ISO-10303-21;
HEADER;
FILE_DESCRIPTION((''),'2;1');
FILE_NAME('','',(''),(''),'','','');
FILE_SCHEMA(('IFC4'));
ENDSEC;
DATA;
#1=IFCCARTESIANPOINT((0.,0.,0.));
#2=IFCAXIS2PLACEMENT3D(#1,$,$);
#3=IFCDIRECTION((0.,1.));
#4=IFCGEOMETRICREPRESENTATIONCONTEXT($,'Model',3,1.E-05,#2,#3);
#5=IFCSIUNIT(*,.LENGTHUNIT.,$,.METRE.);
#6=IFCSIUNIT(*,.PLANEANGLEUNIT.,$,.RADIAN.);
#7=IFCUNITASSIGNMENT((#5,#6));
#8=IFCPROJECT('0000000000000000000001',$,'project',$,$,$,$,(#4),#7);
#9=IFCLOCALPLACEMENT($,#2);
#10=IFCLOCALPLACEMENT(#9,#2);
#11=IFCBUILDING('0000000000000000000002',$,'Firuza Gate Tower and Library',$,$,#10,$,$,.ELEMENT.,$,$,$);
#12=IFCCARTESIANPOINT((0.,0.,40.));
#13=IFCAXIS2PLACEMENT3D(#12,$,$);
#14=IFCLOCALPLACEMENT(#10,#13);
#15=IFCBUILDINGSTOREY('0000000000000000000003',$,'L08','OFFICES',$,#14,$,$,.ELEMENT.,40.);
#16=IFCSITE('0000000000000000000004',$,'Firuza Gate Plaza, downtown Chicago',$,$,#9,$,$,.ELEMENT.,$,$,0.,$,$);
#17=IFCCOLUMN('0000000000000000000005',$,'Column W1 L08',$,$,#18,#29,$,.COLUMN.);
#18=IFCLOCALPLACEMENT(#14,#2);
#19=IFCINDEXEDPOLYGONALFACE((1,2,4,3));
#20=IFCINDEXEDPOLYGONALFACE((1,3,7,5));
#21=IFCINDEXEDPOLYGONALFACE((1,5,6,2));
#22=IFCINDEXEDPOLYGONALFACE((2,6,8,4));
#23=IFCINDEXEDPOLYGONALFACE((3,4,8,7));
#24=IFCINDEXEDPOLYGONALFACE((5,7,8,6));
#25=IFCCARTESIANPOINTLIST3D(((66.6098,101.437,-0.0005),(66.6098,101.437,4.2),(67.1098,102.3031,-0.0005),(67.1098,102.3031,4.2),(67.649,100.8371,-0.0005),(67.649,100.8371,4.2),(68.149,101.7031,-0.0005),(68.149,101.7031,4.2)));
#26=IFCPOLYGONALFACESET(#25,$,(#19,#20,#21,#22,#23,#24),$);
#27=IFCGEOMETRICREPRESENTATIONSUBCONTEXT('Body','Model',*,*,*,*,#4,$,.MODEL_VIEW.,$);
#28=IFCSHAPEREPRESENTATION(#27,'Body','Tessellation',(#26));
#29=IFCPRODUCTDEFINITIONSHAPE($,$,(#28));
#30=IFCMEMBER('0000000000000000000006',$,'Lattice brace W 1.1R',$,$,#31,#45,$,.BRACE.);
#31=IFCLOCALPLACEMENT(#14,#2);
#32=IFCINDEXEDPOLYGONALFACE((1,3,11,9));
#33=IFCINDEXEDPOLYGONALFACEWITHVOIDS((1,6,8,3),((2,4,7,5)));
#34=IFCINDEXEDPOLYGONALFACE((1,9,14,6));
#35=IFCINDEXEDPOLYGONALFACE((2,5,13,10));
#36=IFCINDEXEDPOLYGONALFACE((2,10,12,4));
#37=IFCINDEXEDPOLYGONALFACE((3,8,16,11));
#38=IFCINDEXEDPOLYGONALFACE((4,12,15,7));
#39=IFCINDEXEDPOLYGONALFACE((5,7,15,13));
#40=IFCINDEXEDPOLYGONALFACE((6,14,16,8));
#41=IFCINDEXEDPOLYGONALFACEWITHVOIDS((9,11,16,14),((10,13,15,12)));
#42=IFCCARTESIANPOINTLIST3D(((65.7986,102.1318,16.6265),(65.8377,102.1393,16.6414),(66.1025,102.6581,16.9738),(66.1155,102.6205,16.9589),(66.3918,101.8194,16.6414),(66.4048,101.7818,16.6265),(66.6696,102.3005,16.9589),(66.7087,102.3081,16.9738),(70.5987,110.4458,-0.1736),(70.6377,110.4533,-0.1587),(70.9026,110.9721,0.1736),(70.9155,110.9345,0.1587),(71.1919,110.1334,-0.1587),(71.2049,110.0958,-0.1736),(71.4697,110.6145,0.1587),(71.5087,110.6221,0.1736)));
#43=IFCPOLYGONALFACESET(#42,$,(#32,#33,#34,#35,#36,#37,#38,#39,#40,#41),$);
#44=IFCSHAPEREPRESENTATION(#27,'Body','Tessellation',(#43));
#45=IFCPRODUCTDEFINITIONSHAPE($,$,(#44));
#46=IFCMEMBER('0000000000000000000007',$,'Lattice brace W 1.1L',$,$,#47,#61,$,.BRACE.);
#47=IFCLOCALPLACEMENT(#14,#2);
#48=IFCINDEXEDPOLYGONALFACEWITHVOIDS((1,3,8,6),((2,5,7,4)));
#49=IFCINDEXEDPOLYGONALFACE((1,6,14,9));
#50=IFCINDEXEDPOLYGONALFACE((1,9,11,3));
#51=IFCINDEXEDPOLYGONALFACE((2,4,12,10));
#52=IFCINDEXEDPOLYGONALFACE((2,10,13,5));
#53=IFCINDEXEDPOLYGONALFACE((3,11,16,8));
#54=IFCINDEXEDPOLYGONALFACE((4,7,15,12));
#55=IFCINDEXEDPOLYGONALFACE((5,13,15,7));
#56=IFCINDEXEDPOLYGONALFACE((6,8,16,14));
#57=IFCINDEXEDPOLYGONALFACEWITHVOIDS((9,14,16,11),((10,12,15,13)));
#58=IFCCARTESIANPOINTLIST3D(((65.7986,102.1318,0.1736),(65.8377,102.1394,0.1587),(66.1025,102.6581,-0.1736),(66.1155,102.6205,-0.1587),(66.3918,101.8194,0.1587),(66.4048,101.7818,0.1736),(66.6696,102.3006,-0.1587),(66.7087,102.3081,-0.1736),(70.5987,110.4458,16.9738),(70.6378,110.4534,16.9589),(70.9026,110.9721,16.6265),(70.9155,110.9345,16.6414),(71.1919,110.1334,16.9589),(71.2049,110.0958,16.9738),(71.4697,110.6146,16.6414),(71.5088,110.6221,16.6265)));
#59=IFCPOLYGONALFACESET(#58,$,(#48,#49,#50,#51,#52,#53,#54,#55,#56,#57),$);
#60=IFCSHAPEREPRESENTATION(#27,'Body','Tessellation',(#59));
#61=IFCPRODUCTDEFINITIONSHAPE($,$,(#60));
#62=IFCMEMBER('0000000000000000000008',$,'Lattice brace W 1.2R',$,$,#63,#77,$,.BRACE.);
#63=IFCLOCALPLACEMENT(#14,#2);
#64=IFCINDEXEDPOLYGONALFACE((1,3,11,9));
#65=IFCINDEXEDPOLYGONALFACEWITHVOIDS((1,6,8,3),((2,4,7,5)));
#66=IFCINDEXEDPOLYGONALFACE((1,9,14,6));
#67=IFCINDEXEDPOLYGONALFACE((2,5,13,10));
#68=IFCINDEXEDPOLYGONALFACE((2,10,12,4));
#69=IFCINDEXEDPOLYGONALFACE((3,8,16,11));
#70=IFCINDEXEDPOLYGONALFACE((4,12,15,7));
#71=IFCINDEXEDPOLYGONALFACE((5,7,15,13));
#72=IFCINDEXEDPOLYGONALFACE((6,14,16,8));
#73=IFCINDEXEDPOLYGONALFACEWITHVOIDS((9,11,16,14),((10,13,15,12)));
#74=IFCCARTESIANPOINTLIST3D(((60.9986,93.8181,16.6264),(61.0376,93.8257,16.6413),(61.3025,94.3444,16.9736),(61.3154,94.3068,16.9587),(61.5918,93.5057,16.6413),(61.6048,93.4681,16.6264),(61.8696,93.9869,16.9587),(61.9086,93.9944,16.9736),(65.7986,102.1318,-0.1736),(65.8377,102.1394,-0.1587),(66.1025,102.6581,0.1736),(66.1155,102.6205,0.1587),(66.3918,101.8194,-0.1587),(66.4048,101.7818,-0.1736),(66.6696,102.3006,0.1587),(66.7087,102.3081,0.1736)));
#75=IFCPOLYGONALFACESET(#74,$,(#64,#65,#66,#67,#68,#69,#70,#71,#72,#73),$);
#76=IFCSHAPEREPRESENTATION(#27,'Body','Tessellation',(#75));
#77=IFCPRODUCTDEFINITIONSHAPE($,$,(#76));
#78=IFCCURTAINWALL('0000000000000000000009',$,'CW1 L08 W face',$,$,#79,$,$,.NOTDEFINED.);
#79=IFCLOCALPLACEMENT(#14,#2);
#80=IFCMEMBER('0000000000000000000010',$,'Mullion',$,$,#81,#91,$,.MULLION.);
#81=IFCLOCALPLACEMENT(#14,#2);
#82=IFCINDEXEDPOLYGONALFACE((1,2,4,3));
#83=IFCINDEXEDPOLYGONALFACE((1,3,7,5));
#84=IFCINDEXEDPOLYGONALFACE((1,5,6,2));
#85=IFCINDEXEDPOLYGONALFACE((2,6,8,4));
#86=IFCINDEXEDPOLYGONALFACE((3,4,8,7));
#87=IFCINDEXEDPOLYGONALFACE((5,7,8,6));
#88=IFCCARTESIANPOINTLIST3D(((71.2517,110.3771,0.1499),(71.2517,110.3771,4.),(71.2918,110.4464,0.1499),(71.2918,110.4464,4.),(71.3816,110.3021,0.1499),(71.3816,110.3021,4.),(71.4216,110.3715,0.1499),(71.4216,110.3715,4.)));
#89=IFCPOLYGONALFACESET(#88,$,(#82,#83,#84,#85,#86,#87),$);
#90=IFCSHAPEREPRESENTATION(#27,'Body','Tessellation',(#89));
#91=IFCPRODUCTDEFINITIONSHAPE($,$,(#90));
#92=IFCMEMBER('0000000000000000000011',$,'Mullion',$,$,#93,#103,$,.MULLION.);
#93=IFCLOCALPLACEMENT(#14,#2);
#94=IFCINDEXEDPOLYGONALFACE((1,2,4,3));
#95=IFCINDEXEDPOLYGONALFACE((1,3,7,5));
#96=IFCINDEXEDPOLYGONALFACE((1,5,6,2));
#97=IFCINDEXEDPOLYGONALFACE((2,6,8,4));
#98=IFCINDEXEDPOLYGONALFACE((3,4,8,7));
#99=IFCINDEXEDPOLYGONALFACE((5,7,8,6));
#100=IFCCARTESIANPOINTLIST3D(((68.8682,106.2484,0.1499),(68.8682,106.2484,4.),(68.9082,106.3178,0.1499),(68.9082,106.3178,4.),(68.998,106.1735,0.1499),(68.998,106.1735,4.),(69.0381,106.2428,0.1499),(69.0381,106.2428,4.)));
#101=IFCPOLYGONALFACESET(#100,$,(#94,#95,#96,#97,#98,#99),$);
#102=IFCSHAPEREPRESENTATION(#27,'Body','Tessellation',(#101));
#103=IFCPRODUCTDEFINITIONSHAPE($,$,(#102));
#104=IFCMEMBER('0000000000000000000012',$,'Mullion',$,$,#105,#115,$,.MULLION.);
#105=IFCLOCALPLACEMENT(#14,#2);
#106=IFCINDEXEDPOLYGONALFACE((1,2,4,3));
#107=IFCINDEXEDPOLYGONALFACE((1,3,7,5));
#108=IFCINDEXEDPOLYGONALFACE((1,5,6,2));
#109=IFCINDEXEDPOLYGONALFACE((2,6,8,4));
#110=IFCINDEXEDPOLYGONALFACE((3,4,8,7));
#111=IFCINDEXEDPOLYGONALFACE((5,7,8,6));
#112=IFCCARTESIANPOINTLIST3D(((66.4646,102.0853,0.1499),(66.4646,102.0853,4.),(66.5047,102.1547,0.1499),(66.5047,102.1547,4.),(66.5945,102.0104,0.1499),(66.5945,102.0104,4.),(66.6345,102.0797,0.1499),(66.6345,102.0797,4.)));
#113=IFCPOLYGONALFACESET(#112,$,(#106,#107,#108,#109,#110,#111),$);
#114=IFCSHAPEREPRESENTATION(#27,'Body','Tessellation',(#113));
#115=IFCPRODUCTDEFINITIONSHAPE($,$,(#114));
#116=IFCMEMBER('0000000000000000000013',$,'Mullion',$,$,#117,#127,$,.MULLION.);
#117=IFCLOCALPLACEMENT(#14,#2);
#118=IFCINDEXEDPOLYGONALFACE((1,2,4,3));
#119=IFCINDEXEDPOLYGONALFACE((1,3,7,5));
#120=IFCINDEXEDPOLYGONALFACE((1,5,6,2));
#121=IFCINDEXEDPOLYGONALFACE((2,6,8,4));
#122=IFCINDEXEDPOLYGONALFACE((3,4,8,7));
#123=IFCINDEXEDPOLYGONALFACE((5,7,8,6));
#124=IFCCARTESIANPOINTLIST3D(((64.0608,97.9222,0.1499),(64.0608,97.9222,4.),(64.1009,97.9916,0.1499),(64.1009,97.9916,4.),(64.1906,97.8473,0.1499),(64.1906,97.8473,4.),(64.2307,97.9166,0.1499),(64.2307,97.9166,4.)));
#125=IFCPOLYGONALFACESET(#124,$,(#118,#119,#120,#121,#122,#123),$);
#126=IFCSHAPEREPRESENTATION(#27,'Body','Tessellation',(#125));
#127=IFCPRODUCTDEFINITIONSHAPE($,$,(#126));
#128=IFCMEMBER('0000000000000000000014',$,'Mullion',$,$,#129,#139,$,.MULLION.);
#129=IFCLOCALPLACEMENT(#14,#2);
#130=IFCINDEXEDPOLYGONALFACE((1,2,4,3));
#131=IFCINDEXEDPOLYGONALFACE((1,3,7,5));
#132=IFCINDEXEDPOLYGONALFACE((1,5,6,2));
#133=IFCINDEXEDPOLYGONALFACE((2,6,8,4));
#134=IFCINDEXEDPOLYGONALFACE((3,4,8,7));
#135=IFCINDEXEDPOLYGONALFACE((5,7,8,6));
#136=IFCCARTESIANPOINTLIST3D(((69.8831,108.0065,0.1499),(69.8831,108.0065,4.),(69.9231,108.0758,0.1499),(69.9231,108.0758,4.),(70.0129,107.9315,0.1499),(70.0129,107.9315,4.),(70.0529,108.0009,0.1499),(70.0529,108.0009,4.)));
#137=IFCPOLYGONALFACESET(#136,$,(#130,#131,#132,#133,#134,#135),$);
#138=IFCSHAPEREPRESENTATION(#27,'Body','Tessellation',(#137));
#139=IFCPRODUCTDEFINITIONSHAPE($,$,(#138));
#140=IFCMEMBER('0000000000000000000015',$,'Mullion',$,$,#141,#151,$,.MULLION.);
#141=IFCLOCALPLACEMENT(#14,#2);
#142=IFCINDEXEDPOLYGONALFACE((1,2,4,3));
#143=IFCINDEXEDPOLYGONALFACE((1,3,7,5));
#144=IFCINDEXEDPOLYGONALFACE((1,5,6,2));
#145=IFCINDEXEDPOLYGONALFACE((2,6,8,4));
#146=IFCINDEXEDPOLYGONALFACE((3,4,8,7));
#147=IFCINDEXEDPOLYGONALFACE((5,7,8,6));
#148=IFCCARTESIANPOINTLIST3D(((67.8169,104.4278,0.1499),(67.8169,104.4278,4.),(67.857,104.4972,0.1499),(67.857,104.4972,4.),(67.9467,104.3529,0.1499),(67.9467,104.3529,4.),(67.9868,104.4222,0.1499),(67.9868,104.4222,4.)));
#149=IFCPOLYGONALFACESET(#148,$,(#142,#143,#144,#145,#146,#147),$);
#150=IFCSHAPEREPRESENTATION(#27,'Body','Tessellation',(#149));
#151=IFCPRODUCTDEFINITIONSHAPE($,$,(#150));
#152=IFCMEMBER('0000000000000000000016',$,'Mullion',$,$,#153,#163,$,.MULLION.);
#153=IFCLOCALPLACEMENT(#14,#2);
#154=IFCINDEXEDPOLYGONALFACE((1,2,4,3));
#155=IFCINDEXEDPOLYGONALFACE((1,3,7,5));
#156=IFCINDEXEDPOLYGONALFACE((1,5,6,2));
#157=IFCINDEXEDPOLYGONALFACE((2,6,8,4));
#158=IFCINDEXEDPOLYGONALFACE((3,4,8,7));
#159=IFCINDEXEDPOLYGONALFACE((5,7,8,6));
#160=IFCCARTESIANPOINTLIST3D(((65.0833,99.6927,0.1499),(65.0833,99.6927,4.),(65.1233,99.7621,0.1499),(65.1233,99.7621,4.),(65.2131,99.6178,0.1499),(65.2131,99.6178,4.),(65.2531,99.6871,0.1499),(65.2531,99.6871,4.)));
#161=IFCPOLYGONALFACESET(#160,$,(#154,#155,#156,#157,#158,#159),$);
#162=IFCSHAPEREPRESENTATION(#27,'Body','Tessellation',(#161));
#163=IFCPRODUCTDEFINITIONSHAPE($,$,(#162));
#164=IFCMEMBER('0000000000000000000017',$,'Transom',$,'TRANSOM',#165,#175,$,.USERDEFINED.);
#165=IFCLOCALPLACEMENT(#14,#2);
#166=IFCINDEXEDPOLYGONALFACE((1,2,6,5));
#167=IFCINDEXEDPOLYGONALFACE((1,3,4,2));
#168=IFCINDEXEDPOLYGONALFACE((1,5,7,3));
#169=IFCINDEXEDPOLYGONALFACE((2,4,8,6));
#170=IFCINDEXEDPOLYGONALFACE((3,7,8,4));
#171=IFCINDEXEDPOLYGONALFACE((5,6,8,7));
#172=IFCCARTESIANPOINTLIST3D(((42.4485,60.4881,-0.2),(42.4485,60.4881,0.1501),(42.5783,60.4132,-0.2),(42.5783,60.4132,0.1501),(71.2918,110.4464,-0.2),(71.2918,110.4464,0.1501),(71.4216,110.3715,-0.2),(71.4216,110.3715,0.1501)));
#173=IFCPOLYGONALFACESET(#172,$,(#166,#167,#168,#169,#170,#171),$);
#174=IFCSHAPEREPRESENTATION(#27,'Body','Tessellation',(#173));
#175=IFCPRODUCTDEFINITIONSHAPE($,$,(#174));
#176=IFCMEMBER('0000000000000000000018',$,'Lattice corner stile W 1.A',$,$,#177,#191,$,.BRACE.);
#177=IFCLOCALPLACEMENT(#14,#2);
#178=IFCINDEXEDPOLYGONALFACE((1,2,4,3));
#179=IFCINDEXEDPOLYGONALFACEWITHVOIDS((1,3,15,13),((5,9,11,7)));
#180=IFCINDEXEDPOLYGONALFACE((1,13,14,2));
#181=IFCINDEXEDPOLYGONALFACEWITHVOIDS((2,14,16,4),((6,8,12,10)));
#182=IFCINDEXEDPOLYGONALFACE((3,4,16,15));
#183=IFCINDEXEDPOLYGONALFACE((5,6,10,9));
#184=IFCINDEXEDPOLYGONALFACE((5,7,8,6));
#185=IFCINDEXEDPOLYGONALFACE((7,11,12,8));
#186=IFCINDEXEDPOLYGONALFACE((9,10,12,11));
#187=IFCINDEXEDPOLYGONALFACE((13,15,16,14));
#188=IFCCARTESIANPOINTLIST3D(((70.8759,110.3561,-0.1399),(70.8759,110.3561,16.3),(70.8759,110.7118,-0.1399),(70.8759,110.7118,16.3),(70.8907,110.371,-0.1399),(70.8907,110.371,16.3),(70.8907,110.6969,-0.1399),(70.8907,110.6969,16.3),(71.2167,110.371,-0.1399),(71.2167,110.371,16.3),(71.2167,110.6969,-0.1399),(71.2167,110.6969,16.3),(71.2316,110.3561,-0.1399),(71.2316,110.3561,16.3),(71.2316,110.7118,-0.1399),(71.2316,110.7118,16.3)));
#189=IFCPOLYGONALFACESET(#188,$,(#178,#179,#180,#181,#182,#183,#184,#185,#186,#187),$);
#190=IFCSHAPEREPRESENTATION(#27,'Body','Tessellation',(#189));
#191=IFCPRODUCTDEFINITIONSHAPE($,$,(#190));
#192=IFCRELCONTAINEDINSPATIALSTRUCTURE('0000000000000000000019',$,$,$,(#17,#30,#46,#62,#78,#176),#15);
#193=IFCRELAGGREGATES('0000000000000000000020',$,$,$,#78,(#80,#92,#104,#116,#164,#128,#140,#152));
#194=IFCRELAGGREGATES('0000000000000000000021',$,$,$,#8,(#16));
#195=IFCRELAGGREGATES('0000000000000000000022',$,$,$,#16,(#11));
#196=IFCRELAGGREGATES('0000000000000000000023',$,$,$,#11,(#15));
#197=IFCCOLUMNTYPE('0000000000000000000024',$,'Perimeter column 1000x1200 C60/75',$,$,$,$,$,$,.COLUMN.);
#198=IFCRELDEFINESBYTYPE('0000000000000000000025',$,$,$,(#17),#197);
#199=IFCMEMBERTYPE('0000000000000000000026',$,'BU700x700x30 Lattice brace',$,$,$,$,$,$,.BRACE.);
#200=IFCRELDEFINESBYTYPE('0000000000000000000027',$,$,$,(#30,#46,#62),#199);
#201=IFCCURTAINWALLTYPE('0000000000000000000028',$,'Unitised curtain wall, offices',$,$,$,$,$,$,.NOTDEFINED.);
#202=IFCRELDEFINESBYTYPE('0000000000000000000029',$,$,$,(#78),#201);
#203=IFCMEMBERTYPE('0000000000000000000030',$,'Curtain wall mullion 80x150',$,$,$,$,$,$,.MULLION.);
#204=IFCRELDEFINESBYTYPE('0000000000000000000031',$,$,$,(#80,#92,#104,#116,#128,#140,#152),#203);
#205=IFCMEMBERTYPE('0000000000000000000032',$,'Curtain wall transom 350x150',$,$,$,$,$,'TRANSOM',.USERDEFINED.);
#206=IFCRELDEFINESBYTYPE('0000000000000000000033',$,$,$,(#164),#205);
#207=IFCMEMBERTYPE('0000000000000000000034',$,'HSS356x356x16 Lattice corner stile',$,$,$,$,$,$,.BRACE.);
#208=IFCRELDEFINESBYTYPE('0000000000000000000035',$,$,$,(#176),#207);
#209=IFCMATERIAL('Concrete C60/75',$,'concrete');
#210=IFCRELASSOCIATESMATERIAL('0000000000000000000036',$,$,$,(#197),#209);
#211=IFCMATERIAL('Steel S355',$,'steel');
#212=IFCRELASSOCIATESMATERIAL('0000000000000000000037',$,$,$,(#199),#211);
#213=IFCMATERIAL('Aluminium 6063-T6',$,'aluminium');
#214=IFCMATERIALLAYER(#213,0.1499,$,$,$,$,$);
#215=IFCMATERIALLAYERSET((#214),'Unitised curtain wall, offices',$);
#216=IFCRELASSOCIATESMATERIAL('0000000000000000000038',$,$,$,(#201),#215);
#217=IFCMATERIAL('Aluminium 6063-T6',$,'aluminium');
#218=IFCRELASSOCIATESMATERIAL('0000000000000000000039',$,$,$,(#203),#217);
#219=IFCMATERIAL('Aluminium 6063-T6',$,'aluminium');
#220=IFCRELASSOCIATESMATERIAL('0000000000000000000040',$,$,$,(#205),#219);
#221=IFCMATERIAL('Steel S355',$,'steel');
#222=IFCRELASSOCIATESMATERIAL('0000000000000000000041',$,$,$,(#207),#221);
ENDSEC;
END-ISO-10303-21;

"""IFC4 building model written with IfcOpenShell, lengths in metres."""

from ifc_helpers import new_model, si_unit, direction, frame, origin, origin_2d, place, context, subcontext, project, spatial, rectangle, hollow_rectangle, extrude, material, layer, layer_set, material_profile, profile_set, type_object, element, aggregate, save


model = new_model("IFC4")

# Units and contexts
model_context = context("Model", 3, precision=1e-05, world=origin(), true_north=direction((0.0, 1.0)))
body_context = subcontext(model_context, "Body", "Model", "MODEL_VIEW")
ifc_project = project(units=[si_unit("LENGTHUNIT", "METRE"), si_unit("PLANEANGLEUNIT", "RADIAN")], contexts=[model_context])

# Site, building, storey
site_placement = place(None, origin())
site = spatial("IfcSite", under=ifc_project, at=site_placement, Name="Firuza Gate Plaza, downtown Chicago", CompositionType="ELEMENT", RefElevation=0.0)
building_placement = place(site_placement, origin())
building = spatial("IfcBuilding", under=site, at=building_placement, Name="Firuza Gate Tower and Library", CompositionType="ELEMENT")
storey_placement = place(building_placement, frame((0.0, 0.0, 40.0)))
storey = spatial("IfcBuildingStorey", under=building, at=storey_placement, Name="L08", Description="OFFICES", CompositionType="ELEMENT", Elevation=40.0)

# Column
ifc_material_1 = material(Name="Concrete C60/75", Category="concrete")
ifc_material_profile_1 = material_profile(ifc_material_1, rectangle(XDim=1.0, YDim=1.2, at=origin_2d()))
ifc_profile_set_1 = profile_set([ifc_material_profile_1], Name="Concrete C60/75")
column_type = type_object("IfcColumnType", Name="Perimeter column 1000x1200 C60/75", PredefinedType="COLUMN", material=ifc_profile_set_1)
column_placement = place(storey_placement, frame((67.3794, 101.5701, -0.0005), z_axis=(0.0, 0.0, 1.0), x_axis=(-0.5, -0.866025, 0.0)))
element("IfcColumn", 1, at=column_placement, inside=storey, type_object=column_type, Name="Column W1 L08", PredefinedType="COLUMN", context=body_context, shape_type="SweptSolid", body=[
    extrude(rectangle(XDim=1.0, YDim=1.2, at=origin_2d()), origin(), (0.0, 0.0, 1.0), 4.2004),
])

# Members
ifc_material_2 = material(Name="Steel S355", Category="steel")
ifc_material_profile_2 = material_profile(ifc_material_2, hollow_rectangle(XDim=0.7, YDim=0.7, WallThickness=0.03, at=origin_2d()))
ifc_profile_set_2 = profile_set([ifc_material_profile_2], Name="Steel S355")
member_type_1 = type_object("IfcMemberType", Name="BU700x700x30 Lattice brace", PredefinedType="BRACE", material=ifc_profile_set_2)
for number, where, z_axis, x_axis, name in (
    (2, (71.0537, 110.5339, 0.0), (-0.248071, -0.429673, 0.868241), (0.866026, -0.499998, 0.0), "Lattice brace W 1.1R"),
    (3, (66.2537, 102.22, 0.0), (0.248071, 0.429673, 0.868241), (-0.866026, 0.499998, 0.0), "Lattice brace W 1.1L"),
):
    element("IfcMember", number, at=place(storey_placement, frame(where, z_axis=z_axis, x_axis=x_axis)), inside=storey, type_object=member_type_1, Name=name, PredefinedType="BRACE", context=body_context, shape_type="SweptSolid", body=[
        extrude(hollow_rectangle(XDim=0.7, YDim=0.7, WallThickness=0.03, at=origin_2d()), origin(), (0.0, 0.0, 1.0), 19.3496),
    ])
member_1_placement = place(storey_placement, frame((66.2537, 102.22, 0.0), z_axis=(-0.248072, -0.429663, 0.868246), x_axis=(0.86602, -0.500009, 0.0)))
element("IfcMember", 4, at=member_1_placement, inside=storey, type_object=member_type_1, Name="Lattice brace W 1.2R", PredefinedType="BRACE", context=body_context, shape_type="SweptSolid", body=[
    extrude(hollow_rectangle(XDim=0.7, YDim=0.7, WallThickness=0.03, at=origin_2d()), origin(), (0.0, 0.0, 1.0), 19.3494),
])

# Curtain wall, members
ifc_material_3 = material(Name="Aluminium 6063-T6", Category="aluminium")
ifc_layer_1 = layer(ifc_material_3, 0.1499)
ifc_layer_set_1 = layer_set([ifc_layer_1], Name="Unitised curtain wall, offices")
curtain_wall_type_1 = type_object("IfcCurtainWallType", Name="Unitised curtain wall, offices", PredefinedType="NOTDEFINED", material=ifc_layer_set_1)
placement = place(storey_placement, origin())
curtain_wall_1 = element("IfcCurtainWall", 5, at=placement, inside=storey, type_object=curtain_wall_type_1, Name="CW1 L08 W face", PredefinedType="NOTDEFINED")
ifc_material_4 = material(Name="Aluminium 6063-T6", Category="aluminium")
ifc_material_profile_3 = material_profile(ifc_material_4, rectangle(XDim=0.1499, YDim=0.0801, at=origin_2d()))
ifc_profile_set_3 = profile_set([ifc_material_profile_3], Name="Aluminium 6063-T6")
member_type_2 = type_object("IfcMemberType", Name="Curtain wall mullion 80x150", PredefinedType="MULLION", material=ifc_profile_set_3)
member_2_placement = place(storey_placement, frame((71.3367, 110.3743, 0.1499), z_axis=(0.0, 0.0, 1.0), x_axis=(0.866025, -0.5, 0.0)))
member_2 = element("IfcMember", 6, at=member_2_placement, type_object=member_type_2, Name="Mullion", PredefinedType="MULLION", context=body_context, shape_type="SweptSolid", body=[
    extrude(rectangle(XDim=0.1499, YDim=0.0801, at=origin_2d()), origin(), (0.0, 0.0, 1.0), 3.8501),
])
member_3_placement = place(storey_placement, frame((68.9531, 106.2456, 0.1499), z_axis=(0.0, 0.0, 1.0), x_axis=(0.866025, -0.5, 0.0)))
member_3 = element("IfcMember", 7, at=member_3_placement, type_object=member_type_2, Name="Mullion", PredefinedType="MULLION", context=body_context, shape_type="SweptSolid", body=[
    extrude(rectangle(XDim=0.1499, YDim=0.0801, at=origin_2d()), origin(), (0.0, 0.0, 1.0), 3.8501),
])
member_4_placement = place(storey_placement, frame((66.5496, 102.0825, 0.1499), z_axis=(0.0, 0.0, 1.0), x_axis=(0.866025, -0.5, 0.0)))
member_4 = element("IfcMember", 8, at=member_4_placement, type_object=member_type_2, Name="Mullion", PredefinedType="MULLION", context=body_context, shape_type="SweptSolid", body=[
    extrude(rectangle(XDim=0.1499, YDim=0.0801, at=origin_2d()), origin(), (0.0, 0.0, 1.0), 3.8501),
])
member_5_placement = place(storey_placement, frame((64.1458, 97.9194, 0.1499), z_axis=(0.0, 0.0, 1.0), x_axis=(0.866025, -0.5, 0.0)))
member_5 = element("IfcMember", 9, at=member_5_placement, type_object=member_type_2, Name="Mullion", PredefinedType="MULLION", context=body_context, shape_type="SweptSolid", body=[
    extrude(rectangle(XDim=0.1499, YDim=0.0801, at=origin_2d()), origin(), (0.0, 0.0, 1.0), 3.8501),
])
member_6_placement = place(storey_placement, frame((69.968, 108.0037, 0.1499), z_axis=(0.0, 0.0, 1.0), x_axis=(0.866025, -0.5, 0.0)))
member_6 = element("IfcMember", 10, at=member_6_placement, type_object=member_type_2, Name="Mullion", PredefinedType="MULLION", context=body_context, shape_type="SweptSolid", body=[
    extrude(rectangle(XDim=0.1499, YDim=0.0801, at=origin_2d()), origin(), (0.0, 0.0, 1.0), 3.8501),
])
member_7_placement = place(storey_placement, frame((67.9019, 104.425, 0.1499), z_axis=(0.0, 0.0, 1.0), x_axis=(0.866025, -0.5, 0.0)))
member_7 = element("IfcMember", 11, at=member_7_placement, type_object=member_type_2, Name="Mullion", PredefinedType="MULLION", context=body_context, shape_type="SweptSolid", body=[
    extrude(rectangle(XDim=0.1499, YDim=0.0801, at=origin_2d()), origin(), (0.0, 0.0, 1.0), 3.8501),
])
member_8_placement = place(storey_placement, frame((65.1682, 99.6899, 0.1499), z_axis=(0.0, 0.0, 1.0), x_axis=(0.866025, -0.5, 0.0)))
member_8 = element("IfcMember", 12, at=member_8_placement, type_object=member_type_2, Name="Mullion", PredefinedType="MULLION", context=body_context, shape_type="SweptSolid", body=[
    extrude(rectangle(XDim=0.1499, YDim=0.0801, at=origin_2d()), origin(), (0.0, 0.0, 1.0), 3.8501),
])
ifc_material_5 = material(Name="Aluminium 6063-T6", Category="aluminium")
ifc_material_profile_4 = material_profile(ifc_material_5, rectangle(XDim=0.1499, YDim=0.3501, at=origin_2d()))
ifc_profile_set_4 = profile_set([ifc_material_profile_4], Name="Aluminium 6063-T6")
member_type_3 = type_object("IfcMemberType", Name="Curtain wall transom 350x150", ElementType="TRANSOM", PredefinedType="USERDEFINED", material=ifc_profile_set_4)
member_9_placement = place(storey_placement, frame((71.3567, 110.4089, -0.0249), z_axis=(-0.499998, -0.866027, 0.0), x_axis=(0.866027, -0.499998, 0.0)))
member_9 = element("IfcMember", 13, at=member_9_placement, type_object=member_type_3, Name="Transom", ObjectType="TRANSOM", PredefinedType="USERDEFINED", context=body_context, shape_type="SweptSolid", body=[
    extrude(rectangle(XDim=0.1499, YDim=0.3501, at=origin_2d()), origin(), (0.0, 0.0, 1.0), 57.6868),
])

# Member
ifc_material_6 = material(Name="Steel S355", Category="steel")
ifc_material_profile_5 = material_profile(ifc_material_6, hollow_rectangle(XDim=0.3557, YDim=0.3557, WallThickness=0.0149, at=origin_2d()))
ifc_profile_set_5 = profile_set([ifc_material_profile_5], Name="Steel S355")
member_type_4 = type_object("IfcMemberType", Name="HSS356x356x16 Lattice corner stile", PredefinedType="BRACE", material=ifc_profile_set_5)
member_10_placement = place(storey_placement, frame((71.0537, 110.5339, -0.1399), z_axis=(0.0, 0.0, 1.0), x_axis=(1.0, 0.0, 0.0)))
element("IfcMember", 14, at=member_10_placement, inside=storey, type_object=member_type_4, Name="Lattice corner stile W 1.A", PredefinedType="BRACE", context=body_context, shape_type="SweptSolid", body=[
    extrude(hollow_rectangle(XDim=0.3557, YDim=0.3557, WallThickness=0.0149, at=origin_2d()), origin(), (0.0, 0.0, 1.0), 16.4399),
])

aggregate(curtain_wall_1, [member_2, member_3, member_4, member_5, member_9, member_6, member_7, member_8])

save(model, "model.ifc")
